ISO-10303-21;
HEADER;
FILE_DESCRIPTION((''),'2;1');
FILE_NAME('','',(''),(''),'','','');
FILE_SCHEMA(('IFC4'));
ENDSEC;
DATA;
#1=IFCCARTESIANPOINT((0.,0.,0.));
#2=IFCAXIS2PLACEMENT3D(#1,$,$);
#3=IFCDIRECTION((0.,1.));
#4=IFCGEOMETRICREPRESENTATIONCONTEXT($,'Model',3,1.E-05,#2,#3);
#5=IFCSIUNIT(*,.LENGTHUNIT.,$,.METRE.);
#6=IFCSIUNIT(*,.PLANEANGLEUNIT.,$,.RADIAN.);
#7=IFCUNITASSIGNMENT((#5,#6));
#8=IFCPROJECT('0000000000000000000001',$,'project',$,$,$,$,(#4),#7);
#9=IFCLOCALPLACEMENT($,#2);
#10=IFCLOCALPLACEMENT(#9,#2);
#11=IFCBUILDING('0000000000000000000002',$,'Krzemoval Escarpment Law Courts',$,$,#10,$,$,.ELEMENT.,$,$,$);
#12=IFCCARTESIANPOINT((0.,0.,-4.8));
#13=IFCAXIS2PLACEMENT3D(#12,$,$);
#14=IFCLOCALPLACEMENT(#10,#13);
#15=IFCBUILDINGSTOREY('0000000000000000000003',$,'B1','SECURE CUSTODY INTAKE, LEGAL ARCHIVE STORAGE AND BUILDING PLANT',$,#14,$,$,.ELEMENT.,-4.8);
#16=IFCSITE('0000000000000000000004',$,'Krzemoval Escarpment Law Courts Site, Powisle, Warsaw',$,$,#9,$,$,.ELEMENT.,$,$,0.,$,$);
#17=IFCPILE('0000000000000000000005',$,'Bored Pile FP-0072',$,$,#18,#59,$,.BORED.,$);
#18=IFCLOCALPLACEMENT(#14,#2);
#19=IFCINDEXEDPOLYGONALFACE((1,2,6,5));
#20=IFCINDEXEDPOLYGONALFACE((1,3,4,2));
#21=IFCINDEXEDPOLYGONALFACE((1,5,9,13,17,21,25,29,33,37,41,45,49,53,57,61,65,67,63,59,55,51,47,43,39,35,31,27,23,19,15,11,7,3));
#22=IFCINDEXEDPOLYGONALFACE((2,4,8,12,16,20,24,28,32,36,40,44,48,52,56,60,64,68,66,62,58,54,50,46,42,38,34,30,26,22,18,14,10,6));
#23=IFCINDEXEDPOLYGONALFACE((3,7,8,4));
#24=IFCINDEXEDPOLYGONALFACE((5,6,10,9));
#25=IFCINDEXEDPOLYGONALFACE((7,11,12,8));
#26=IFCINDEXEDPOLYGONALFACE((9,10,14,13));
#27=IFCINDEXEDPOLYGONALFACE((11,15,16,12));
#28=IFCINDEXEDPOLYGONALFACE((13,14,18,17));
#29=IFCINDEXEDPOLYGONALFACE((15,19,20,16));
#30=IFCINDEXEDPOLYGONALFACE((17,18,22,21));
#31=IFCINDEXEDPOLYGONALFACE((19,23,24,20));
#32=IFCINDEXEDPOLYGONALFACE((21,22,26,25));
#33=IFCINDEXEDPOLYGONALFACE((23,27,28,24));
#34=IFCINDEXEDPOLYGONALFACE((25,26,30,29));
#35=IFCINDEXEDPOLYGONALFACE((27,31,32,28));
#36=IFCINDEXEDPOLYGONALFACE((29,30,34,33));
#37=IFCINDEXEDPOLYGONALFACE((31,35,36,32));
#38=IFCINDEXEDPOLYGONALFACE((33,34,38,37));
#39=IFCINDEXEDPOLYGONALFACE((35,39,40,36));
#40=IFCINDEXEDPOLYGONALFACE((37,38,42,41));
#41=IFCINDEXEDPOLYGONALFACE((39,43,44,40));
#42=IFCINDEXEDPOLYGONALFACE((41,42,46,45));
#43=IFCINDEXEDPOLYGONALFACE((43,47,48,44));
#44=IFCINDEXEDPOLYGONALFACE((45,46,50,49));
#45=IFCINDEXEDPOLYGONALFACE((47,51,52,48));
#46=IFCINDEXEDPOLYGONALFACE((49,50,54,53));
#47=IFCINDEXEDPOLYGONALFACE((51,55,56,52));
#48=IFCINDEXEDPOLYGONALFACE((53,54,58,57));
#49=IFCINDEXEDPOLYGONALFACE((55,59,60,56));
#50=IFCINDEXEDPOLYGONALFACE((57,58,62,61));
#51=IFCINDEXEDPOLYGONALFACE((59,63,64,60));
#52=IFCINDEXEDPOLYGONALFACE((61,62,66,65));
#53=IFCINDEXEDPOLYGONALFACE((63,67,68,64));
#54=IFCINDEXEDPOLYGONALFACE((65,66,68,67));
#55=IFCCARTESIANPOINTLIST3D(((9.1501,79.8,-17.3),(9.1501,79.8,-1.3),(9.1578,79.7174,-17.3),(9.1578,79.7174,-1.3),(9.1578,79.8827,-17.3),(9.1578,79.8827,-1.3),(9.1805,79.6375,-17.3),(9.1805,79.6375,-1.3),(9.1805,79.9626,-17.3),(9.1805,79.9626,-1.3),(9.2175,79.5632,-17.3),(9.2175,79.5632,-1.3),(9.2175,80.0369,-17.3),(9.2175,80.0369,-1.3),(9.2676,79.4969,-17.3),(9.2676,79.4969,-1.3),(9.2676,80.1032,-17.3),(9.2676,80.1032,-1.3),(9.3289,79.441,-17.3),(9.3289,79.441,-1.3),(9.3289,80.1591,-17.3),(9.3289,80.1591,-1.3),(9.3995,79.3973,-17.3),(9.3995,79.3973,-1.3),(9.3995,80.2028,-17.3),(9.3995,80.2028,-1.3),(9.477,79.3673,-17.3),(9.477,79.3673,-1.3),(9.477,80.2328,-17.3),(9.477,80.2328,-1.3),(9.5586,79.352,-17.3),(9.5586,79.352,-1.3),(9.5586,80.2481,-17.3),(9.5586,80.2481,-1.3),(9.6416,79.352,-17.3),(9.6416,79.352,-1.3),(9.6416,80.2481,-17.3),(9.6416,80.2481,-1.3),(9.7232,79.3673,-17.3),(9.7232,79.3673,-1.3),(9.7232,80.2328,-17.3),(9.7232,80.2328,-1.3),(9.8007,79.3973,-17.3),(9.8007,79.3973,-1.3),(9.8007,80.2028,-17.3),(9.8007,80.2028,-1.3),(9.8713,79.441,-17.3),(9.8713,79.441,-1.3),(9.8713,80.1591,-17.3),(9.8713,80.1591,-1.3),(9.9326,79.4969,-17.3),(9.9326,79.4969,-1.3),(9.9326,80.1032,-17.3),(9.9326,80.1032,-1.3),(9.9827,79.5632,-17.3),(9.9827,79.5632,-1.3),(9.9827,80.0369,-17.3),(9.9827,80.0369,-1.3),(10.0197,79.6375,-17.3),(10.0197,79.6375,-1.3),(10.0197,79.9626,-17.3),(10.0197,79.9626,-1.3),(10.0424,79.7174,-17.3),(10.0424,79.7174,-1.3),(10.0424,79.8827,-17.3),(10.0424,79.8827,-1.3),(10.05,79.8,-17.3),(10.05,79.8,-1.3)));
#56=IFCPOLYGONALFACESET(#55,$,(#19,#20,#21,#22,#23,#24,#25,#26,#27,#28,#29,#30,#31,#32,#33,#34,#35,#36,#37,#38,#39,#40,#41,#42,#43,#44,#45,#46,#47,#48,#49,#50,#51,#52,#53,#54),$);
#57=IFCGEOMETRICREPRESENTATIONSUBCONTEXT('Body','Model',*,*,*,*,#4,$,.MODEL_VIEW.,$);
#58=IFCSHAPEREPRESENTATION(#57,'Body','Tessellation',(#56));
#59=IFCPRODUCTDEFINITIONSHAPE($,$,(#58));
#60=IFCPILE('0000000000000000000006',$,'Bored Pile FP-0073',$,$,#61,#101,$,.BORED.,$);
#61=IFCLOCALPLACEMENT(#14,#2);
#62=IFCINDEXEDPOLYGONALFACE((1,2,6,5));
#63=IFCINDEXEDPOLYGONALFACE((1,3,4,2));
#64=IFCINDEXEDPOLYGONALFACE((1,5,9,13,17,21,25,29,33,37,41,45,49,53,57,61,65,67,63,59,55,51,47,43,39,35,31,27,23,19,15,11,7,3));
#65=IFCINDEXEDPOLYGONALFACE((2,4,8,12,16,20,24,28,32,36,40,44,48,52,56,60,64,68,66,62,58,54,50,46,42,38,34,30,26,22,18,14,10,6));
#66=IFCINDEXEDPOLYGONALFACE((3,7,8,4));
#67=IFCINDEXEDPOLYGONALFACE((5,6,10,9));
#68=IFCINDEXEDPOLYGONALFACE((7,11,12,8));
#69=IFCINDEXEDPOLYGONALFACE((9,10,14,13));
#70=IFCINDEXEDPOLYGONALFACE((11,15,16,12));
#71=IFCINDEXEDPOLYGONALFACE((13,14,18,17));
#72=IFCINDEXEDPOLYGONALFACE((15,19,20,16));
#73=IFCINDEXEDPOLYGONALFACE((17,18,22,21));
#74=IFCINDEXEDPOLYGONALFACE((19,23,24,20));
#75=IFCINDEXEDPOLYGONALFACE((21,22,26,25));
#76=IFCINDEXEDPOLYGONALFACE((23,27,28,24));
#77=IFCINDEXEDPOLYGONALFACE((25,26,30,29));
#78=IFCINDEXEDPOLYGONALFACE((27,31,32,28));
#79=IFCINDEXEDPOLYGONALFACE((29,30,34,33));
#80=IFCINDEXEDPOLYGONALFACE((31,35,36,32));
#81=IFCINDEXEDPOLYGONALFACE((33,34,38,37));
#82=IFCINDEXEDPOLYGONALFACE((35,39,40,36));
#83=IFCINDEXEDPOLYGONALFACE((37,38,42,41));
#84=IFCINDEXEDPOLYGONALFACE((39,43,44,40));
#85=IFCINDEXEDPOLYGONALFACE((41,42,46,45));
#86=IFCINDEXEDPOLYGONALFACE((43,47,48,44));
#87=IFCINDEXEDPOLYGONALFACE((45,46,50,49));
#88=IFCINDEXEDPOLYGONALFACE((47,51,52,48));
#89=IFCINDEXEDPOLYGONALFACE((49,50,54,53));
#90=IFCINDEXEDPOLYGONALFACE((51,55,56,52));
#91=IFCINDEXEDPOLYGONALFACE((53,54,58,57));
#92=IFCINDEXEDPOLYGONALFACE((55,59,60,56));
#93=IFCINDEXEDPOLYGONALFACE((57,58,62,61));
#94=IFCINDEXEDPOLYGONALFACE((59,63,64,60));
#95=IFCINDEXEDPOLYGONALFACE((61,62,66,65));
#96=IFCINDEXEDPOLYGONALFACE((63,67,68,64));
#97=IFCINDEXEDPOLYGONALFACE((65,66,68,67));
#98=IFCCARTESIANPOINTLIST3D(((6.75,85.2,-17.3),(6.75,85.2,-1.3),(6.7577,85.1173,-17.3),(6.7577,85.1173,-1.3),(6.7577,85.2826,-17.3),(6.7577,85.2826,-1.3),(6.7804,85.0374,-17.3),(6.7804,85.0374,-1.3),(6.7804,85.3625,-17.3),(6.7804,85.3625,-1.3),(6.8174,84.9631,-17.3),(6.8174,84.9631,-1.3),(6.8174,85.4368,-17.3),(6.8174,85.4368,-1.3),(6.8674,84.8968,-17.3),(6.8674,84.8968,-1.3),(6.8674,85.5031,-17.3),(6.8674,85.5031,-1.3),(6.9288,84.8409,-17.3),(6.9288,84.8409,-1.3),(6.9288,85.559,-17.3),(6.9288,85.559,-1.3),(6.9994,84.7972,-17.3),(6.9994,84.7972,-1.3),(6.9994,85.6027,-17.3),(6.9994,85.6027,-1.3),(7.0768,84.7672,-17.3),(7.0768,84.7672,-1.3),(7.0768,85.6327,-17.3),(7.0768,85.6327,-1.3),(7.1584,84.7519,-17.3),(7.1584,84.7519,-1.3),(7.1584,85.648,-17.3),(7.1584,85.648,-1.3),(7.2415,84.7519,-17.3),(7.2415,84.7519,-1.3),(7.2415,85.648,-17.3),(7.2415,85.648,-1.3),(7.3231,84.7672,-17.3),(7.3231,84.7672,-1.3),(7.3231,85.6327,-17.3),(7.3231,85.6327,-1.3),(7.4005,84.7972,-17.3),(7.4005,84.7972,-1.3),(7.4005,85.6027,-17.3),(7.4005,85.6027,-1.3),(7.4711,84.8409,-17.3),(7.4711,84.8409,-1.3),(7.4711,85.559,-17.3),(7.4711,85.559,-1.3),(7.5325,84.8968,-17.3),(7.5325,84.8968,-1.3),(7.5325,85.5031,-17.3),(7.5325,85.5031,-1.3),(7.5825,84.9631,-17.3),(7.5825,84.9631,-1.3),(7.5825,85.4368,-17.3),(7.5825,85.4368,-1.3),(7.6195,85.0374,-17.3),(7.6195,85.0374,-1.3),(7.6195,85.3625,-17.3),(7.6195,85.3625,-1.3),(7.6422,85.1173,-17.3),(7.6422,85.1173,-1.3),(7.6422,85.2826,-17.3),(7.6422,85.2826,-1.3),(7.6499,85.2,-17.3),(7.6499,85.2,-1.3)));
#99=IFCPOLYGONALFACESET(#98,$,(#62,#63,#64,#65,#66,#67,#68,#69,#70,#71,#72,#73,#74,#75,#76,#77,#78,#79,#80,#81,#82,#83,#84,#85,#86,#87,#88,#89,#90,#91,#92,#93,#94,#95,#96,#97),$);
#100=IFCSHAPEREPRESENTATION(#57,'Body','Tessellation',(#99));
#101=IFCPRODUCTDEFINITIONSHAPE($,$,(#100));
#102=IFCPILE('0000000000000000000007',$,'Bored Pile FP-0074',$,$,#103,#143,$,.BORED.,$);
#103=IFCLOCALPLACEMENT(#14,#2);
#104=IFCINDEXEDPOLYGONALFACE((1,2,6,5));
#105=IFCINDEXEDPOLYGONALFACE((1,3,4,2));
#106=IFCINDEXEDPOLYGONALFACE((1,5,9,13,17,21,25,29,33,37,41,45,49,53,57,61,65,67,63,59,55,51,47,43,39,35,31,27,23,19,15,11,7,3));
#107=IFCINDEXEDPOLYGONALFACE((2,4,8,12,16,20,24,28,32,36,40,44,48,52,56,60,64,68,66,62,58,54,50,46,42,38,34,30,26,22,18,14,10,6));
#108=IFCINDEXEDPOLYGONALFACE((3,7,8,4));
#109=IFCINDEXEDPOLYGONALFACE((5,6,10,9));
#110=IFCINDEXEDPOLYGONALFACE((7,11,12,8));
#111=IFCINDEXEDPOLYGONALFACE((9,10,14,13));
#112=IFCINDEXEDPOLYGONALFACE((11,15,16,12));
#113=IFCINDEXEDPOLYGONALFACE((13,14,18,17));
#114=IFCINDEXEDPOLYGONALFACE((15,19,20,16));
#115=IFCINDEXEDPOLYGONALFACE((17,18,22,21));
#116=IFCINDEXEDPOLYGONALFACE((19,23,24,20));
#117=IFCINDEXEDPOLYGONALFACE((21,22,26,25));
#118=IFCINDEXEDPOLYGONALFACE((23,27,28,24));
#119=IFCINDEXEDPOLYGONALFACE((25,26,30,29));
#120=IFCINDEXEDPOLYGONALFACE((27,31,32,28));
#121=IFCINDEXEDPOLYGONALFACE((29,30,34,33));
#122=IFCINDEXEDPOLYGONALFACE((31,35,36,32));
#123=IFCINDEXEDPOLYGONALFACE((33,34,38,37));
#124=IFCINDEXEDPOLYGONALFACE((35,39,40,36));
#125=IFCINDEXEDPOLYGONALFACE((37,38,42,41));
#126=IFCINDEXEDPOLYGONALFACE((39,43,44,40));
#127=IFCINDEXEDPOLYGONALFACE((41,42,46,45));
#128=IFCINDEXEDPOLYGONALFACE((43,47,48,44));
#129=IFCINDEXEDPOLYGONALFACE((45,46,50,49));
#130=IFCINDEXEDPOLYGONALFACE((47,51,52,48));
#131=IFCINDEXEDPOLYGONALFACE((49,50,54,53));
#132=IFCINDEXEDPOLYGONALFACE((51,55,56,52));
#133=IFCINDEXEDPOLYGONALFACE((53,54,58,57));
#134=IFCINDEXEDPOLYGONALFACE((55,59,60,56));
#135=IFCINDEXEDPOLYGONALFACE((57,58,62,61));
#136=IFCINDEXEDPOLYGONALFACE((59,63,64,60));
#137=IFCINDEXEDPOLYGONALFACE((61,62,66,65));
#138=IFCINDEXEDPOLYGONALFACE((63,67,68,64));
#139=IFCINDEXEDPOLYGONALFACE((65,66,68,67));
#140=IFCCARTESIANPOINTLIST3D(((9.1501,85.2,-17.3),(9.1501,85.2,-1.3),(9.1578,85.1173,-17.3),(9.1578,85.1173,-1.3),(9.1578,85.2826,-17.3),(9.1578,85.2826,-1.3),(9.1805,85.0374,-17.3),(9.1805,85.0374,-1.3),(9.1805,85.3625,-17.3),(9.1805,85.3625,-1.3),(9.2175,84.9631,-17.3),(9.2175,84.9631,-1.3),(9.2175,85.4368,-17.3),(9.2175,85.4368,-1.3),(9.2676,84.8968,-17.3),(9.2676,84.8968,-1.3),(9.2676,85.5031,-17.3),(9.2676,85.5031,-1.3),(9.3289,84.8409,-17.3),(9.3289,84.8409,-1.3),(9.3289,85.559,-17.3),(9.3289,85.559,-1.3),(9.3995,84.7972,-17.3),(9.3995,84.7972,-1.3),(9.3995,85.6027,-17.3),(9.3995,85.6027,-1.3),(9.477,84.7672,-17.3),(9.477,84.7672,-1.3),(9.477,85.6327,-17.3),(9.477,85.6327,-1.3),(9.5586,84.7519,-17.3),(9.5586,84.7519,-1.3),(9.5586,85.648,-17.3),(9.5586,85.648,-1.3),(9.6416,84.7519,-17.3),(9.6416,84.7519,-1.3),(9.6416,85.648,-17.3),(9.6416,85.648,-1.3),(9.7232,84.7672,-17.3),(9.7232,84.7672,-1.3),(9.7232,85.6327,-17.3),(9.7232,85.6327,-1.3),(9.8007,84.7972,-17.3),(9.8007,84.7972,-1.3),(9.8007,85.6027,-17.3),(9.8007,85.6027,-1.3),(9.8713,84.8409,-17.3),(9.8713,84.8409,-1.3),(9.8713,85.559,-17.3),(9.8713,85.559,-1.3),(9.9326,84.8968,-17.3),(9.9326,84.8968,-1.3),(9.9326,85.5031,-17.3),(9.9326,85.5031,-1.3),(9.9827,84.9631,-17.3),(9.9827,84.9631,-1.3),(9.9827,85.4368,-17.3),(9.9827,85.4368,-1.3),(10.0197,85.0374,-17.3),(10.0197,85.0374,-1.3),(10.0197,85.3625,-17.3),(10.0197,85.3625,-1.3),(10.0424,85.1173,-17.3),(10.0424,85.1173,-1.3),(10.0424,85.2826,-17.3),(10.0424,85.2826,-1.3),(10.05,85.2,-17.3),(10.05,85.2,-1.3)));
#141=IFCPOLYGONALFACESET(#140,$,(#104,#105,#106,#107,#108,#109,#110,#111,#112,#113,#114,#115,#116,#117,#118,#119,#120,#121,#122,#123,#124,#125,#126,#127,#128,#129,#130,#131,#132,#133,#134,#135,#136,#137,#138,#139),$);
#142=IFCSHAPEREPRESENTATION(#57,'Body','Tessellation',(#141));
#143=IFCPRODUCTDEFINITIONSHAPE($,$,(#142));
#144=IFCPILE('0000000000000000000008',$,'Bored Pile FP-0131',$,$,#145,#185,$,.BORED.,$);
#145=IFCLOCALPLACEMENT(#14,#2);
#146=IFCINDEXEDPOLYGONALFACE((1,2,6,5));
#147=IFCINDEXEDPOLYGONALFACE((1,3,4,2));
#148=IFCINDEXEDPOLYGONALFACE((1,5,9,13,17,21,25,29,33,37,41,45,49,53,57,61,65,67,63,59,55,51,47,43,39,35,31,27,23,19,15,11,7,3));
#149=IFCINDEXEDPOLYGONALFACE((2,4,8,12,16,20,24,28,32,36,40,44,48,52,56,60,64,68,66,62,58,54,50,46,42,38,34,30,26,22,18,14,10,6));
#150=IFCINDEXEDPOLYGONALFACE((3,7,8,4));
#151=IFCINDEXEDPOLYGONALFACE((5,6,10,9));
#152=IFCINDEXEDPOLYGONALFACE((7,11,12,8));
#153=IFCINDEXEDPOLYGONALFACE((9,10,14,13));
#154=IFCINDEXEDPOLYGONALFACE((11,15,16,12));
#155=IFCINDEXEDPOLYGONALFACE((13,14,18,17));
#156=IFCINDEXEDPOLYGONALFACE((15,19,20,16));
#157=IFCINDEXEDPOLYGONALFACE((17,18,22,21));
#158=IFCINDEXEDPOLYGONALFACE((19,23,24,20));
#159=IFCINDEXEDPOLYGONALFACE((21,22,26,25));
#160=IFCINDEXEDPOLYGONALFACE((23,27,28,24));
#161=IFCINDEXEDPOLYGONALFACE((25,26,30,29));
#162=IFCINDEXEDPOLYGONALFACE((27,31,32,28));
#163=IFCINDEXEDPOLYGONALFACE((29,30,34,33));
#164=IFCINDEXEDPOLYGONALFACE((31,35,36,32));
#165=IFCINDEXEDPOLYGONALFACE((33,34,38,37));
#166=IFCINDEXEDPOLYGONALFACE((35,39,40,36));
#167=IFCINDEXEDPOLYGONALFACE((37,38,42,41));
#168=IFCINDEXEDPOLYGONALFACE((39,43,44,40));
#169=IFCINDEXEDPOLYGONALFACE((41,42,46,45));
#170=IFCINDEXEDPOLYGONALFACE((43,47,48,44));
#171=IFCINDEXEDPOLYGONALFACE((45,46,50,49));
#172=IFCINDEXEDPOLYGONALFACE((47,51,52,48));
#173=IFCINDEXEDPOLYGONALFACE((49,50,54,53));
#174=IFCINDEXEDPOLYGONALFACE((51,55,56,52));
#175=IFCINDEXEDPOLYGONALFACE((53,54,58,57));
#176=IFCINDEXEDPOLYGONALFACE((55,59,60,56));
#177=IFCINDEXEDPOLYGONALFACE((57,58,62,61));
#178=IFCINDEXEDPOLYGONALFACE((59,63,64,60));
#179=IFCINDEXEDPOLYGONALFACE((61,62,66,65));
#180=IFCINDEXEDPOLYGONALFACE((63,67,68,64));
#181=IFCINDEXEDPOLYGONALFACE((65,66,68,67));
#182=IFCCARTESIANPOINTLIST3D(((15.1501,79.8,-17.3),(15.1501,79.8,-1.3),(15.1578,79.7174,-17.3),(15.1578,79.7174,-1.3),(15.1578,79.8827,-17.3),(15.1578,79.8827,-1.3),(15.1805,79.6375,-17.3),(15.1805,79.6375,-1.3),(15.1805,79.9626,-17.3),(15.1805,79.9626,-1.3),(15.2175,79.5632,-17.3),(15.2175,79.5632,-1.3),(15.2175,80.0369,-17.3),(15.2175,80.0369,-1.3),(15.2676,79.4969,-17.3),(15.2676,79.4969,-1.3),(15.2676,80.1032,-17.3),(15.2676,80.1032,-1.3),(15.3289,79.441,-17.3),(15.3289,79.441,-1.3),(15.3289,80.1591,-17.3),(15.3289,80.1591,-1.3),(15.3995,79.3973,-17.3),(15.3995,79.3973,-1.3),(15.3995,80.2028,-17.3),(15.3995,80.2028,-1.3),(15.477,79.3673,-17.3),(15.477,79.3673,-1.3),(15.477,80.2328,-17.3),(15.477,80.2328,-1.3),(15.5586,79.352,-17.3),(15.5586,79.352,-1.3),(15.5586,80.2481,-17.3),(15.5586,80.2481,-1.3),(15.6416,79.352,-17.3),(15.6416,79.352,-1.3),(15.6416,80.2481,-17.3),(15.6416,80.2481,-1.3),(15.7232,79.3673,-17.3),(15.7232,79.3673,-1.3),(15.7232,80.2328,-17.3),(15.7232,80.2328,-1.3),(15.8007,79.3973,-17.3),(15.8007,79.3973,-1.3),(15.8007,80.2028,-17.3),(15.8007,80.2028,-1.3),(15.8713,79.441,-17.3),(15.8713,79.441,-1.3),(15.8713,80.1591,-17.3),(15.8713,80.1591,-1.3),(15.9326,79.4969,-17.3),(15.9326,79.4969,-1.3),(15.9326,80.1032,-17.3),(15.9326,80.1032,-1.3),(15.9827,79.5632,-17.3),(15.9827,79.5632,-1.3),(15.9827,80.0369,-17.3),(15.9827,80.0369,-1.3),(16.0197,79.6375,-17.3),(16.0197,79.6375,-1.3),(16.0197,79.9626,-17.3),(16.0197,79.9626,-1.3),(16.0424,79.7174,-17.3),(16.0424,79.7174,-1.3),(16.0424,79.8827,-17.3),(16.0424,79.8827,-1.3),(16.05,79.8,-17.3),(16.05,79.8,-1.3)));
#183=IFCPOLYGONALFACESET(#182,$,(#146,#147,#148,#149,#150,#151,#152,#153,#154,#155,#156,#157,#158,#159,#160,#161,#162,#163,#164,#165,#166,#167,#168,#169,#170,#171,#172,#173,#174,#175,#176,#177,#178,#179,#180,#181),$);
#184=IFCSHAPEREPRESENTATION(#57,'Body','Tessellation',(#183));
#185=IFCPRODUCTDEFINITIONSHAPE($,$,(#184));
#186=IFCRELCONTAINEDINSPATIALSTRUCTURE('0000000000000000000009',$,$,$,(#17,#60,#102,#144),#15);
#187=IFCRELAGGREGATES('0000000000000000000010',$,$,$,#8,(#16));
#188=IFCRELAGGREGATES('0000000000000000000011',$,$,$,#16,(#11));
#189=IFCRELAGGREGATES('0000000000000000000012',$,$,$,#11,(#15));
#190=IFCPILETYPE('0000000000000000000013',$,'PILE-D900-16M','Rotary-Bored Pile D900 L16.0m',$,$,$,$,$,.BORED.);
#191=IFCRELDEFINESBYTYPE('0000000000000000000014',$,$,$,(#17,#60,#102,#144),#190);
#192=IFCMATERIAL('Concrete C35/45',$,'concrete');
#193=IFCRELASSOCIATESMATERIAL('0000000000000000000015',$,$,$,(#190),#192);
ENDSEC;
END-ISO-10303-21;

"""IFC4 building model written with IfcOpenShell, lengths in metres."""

from ifc_helpers import new_model, si_unit, direction, frame, origin, origin_2d, place, context, subcontext, project, spatial, circle, extrude, material, material_profile, profile_set, type_object, element, save


model = new_model("IFC4")

# Units and contexts
model_context = context("Model", 3, precision=1e-05, world=origin(), true_north=direction((0.0, 1.0)))
body_context = subcontext(model_context, "Body", "Model", "MODEL_VIEW")
ifc_project = project(units=[si_unit("LENGTHUNIT", "METRE"), si_unit("PLANEANGLEUNIT", "RADIAN")], contexts=[model_context])

# Site, building, storey
site_placement = place(None, origin())
site = spatial("IfcSite", under=ifc_project, at=site_placement, Name="Krzemoval Escarpment Law Courts Site, Powisle, Warsaw", CompositionType="ELEMENT", RefElevation=0.0)
building_placement = place(site_placement, origin())
building = spatial("IfcBuilding", under=site, at=building_placement, Name="Krzemoval Escarpment Law Courts", CompositionType="ELEMENT")
storey_placement = place(building_placement, frame((0.0, 0.0, -4.8)))
storey = spatial("IfcBuildingStorey", under=building, at=storey_placement, Name="B1", Description="SECURE CUSTODY INTAKE, LEGAL ARCHIVE STORAGE AND BUILDING PLANT", CompositionType="ELEMENT", Elevation=-4.8)

# Piles
ifc_material_1 = material(Name="Concrete C35/45", Category="concrete")
ifc_material_profile_1 = material_profile(ifc_material_1, circle(Radius=0.45, at=origin_2d()), Name="PILE D900")
ifc_profile_set_1 = profile_set([ifc_material_profile_1], Name="Concrete C35/45")
pile_type = type_object("IfcPileType", Name="PILE-D900-16M", Description="Rotary-Bored Pile D900 L16.0m", PredefinedType="BORED", material=ifc_profile_set_1)
for number, where, z_axis, x_axis, name in (
    (1, (9.6001, 79.8, -1.3), (0.0, 0.0, -1.0), (1.0, 0.0, 0.0), "Bored Pile FP-0072"),
    (2, (7.2, 85.2, -1.3), (0.0, 0.0, -1.0), (1.0, 0.0, 0.0), "Bored Pile FP-0073"),
    (3, (9.6001, 85.2, -1.3), (0.0, 0.0, -1.0), (1.0, 0.0, 0.0), "Bored Pile FP-0074"),
    (4, (15.6001, 79.8, -1.3), (0.0, 0.0, -1.0), (1.0, 0.0, 0.0), "Bored Pile FP-0131"),
):
    element("IfcPile", number, at=place(storey_placement, frame(where, z_axis=z_axis, x_axis=x_axis)), inside=storey, type_object=pile_type, Name=name, PredefinedType="BORED", context=body_context, shape_type="SweptSolid", body=[
        extrude(circle(Radius=0.45, at=origin_2d()), origin(), (0.0, 0.0, 1.0), 16.0),
    ])

save(model, "model.ifc")
